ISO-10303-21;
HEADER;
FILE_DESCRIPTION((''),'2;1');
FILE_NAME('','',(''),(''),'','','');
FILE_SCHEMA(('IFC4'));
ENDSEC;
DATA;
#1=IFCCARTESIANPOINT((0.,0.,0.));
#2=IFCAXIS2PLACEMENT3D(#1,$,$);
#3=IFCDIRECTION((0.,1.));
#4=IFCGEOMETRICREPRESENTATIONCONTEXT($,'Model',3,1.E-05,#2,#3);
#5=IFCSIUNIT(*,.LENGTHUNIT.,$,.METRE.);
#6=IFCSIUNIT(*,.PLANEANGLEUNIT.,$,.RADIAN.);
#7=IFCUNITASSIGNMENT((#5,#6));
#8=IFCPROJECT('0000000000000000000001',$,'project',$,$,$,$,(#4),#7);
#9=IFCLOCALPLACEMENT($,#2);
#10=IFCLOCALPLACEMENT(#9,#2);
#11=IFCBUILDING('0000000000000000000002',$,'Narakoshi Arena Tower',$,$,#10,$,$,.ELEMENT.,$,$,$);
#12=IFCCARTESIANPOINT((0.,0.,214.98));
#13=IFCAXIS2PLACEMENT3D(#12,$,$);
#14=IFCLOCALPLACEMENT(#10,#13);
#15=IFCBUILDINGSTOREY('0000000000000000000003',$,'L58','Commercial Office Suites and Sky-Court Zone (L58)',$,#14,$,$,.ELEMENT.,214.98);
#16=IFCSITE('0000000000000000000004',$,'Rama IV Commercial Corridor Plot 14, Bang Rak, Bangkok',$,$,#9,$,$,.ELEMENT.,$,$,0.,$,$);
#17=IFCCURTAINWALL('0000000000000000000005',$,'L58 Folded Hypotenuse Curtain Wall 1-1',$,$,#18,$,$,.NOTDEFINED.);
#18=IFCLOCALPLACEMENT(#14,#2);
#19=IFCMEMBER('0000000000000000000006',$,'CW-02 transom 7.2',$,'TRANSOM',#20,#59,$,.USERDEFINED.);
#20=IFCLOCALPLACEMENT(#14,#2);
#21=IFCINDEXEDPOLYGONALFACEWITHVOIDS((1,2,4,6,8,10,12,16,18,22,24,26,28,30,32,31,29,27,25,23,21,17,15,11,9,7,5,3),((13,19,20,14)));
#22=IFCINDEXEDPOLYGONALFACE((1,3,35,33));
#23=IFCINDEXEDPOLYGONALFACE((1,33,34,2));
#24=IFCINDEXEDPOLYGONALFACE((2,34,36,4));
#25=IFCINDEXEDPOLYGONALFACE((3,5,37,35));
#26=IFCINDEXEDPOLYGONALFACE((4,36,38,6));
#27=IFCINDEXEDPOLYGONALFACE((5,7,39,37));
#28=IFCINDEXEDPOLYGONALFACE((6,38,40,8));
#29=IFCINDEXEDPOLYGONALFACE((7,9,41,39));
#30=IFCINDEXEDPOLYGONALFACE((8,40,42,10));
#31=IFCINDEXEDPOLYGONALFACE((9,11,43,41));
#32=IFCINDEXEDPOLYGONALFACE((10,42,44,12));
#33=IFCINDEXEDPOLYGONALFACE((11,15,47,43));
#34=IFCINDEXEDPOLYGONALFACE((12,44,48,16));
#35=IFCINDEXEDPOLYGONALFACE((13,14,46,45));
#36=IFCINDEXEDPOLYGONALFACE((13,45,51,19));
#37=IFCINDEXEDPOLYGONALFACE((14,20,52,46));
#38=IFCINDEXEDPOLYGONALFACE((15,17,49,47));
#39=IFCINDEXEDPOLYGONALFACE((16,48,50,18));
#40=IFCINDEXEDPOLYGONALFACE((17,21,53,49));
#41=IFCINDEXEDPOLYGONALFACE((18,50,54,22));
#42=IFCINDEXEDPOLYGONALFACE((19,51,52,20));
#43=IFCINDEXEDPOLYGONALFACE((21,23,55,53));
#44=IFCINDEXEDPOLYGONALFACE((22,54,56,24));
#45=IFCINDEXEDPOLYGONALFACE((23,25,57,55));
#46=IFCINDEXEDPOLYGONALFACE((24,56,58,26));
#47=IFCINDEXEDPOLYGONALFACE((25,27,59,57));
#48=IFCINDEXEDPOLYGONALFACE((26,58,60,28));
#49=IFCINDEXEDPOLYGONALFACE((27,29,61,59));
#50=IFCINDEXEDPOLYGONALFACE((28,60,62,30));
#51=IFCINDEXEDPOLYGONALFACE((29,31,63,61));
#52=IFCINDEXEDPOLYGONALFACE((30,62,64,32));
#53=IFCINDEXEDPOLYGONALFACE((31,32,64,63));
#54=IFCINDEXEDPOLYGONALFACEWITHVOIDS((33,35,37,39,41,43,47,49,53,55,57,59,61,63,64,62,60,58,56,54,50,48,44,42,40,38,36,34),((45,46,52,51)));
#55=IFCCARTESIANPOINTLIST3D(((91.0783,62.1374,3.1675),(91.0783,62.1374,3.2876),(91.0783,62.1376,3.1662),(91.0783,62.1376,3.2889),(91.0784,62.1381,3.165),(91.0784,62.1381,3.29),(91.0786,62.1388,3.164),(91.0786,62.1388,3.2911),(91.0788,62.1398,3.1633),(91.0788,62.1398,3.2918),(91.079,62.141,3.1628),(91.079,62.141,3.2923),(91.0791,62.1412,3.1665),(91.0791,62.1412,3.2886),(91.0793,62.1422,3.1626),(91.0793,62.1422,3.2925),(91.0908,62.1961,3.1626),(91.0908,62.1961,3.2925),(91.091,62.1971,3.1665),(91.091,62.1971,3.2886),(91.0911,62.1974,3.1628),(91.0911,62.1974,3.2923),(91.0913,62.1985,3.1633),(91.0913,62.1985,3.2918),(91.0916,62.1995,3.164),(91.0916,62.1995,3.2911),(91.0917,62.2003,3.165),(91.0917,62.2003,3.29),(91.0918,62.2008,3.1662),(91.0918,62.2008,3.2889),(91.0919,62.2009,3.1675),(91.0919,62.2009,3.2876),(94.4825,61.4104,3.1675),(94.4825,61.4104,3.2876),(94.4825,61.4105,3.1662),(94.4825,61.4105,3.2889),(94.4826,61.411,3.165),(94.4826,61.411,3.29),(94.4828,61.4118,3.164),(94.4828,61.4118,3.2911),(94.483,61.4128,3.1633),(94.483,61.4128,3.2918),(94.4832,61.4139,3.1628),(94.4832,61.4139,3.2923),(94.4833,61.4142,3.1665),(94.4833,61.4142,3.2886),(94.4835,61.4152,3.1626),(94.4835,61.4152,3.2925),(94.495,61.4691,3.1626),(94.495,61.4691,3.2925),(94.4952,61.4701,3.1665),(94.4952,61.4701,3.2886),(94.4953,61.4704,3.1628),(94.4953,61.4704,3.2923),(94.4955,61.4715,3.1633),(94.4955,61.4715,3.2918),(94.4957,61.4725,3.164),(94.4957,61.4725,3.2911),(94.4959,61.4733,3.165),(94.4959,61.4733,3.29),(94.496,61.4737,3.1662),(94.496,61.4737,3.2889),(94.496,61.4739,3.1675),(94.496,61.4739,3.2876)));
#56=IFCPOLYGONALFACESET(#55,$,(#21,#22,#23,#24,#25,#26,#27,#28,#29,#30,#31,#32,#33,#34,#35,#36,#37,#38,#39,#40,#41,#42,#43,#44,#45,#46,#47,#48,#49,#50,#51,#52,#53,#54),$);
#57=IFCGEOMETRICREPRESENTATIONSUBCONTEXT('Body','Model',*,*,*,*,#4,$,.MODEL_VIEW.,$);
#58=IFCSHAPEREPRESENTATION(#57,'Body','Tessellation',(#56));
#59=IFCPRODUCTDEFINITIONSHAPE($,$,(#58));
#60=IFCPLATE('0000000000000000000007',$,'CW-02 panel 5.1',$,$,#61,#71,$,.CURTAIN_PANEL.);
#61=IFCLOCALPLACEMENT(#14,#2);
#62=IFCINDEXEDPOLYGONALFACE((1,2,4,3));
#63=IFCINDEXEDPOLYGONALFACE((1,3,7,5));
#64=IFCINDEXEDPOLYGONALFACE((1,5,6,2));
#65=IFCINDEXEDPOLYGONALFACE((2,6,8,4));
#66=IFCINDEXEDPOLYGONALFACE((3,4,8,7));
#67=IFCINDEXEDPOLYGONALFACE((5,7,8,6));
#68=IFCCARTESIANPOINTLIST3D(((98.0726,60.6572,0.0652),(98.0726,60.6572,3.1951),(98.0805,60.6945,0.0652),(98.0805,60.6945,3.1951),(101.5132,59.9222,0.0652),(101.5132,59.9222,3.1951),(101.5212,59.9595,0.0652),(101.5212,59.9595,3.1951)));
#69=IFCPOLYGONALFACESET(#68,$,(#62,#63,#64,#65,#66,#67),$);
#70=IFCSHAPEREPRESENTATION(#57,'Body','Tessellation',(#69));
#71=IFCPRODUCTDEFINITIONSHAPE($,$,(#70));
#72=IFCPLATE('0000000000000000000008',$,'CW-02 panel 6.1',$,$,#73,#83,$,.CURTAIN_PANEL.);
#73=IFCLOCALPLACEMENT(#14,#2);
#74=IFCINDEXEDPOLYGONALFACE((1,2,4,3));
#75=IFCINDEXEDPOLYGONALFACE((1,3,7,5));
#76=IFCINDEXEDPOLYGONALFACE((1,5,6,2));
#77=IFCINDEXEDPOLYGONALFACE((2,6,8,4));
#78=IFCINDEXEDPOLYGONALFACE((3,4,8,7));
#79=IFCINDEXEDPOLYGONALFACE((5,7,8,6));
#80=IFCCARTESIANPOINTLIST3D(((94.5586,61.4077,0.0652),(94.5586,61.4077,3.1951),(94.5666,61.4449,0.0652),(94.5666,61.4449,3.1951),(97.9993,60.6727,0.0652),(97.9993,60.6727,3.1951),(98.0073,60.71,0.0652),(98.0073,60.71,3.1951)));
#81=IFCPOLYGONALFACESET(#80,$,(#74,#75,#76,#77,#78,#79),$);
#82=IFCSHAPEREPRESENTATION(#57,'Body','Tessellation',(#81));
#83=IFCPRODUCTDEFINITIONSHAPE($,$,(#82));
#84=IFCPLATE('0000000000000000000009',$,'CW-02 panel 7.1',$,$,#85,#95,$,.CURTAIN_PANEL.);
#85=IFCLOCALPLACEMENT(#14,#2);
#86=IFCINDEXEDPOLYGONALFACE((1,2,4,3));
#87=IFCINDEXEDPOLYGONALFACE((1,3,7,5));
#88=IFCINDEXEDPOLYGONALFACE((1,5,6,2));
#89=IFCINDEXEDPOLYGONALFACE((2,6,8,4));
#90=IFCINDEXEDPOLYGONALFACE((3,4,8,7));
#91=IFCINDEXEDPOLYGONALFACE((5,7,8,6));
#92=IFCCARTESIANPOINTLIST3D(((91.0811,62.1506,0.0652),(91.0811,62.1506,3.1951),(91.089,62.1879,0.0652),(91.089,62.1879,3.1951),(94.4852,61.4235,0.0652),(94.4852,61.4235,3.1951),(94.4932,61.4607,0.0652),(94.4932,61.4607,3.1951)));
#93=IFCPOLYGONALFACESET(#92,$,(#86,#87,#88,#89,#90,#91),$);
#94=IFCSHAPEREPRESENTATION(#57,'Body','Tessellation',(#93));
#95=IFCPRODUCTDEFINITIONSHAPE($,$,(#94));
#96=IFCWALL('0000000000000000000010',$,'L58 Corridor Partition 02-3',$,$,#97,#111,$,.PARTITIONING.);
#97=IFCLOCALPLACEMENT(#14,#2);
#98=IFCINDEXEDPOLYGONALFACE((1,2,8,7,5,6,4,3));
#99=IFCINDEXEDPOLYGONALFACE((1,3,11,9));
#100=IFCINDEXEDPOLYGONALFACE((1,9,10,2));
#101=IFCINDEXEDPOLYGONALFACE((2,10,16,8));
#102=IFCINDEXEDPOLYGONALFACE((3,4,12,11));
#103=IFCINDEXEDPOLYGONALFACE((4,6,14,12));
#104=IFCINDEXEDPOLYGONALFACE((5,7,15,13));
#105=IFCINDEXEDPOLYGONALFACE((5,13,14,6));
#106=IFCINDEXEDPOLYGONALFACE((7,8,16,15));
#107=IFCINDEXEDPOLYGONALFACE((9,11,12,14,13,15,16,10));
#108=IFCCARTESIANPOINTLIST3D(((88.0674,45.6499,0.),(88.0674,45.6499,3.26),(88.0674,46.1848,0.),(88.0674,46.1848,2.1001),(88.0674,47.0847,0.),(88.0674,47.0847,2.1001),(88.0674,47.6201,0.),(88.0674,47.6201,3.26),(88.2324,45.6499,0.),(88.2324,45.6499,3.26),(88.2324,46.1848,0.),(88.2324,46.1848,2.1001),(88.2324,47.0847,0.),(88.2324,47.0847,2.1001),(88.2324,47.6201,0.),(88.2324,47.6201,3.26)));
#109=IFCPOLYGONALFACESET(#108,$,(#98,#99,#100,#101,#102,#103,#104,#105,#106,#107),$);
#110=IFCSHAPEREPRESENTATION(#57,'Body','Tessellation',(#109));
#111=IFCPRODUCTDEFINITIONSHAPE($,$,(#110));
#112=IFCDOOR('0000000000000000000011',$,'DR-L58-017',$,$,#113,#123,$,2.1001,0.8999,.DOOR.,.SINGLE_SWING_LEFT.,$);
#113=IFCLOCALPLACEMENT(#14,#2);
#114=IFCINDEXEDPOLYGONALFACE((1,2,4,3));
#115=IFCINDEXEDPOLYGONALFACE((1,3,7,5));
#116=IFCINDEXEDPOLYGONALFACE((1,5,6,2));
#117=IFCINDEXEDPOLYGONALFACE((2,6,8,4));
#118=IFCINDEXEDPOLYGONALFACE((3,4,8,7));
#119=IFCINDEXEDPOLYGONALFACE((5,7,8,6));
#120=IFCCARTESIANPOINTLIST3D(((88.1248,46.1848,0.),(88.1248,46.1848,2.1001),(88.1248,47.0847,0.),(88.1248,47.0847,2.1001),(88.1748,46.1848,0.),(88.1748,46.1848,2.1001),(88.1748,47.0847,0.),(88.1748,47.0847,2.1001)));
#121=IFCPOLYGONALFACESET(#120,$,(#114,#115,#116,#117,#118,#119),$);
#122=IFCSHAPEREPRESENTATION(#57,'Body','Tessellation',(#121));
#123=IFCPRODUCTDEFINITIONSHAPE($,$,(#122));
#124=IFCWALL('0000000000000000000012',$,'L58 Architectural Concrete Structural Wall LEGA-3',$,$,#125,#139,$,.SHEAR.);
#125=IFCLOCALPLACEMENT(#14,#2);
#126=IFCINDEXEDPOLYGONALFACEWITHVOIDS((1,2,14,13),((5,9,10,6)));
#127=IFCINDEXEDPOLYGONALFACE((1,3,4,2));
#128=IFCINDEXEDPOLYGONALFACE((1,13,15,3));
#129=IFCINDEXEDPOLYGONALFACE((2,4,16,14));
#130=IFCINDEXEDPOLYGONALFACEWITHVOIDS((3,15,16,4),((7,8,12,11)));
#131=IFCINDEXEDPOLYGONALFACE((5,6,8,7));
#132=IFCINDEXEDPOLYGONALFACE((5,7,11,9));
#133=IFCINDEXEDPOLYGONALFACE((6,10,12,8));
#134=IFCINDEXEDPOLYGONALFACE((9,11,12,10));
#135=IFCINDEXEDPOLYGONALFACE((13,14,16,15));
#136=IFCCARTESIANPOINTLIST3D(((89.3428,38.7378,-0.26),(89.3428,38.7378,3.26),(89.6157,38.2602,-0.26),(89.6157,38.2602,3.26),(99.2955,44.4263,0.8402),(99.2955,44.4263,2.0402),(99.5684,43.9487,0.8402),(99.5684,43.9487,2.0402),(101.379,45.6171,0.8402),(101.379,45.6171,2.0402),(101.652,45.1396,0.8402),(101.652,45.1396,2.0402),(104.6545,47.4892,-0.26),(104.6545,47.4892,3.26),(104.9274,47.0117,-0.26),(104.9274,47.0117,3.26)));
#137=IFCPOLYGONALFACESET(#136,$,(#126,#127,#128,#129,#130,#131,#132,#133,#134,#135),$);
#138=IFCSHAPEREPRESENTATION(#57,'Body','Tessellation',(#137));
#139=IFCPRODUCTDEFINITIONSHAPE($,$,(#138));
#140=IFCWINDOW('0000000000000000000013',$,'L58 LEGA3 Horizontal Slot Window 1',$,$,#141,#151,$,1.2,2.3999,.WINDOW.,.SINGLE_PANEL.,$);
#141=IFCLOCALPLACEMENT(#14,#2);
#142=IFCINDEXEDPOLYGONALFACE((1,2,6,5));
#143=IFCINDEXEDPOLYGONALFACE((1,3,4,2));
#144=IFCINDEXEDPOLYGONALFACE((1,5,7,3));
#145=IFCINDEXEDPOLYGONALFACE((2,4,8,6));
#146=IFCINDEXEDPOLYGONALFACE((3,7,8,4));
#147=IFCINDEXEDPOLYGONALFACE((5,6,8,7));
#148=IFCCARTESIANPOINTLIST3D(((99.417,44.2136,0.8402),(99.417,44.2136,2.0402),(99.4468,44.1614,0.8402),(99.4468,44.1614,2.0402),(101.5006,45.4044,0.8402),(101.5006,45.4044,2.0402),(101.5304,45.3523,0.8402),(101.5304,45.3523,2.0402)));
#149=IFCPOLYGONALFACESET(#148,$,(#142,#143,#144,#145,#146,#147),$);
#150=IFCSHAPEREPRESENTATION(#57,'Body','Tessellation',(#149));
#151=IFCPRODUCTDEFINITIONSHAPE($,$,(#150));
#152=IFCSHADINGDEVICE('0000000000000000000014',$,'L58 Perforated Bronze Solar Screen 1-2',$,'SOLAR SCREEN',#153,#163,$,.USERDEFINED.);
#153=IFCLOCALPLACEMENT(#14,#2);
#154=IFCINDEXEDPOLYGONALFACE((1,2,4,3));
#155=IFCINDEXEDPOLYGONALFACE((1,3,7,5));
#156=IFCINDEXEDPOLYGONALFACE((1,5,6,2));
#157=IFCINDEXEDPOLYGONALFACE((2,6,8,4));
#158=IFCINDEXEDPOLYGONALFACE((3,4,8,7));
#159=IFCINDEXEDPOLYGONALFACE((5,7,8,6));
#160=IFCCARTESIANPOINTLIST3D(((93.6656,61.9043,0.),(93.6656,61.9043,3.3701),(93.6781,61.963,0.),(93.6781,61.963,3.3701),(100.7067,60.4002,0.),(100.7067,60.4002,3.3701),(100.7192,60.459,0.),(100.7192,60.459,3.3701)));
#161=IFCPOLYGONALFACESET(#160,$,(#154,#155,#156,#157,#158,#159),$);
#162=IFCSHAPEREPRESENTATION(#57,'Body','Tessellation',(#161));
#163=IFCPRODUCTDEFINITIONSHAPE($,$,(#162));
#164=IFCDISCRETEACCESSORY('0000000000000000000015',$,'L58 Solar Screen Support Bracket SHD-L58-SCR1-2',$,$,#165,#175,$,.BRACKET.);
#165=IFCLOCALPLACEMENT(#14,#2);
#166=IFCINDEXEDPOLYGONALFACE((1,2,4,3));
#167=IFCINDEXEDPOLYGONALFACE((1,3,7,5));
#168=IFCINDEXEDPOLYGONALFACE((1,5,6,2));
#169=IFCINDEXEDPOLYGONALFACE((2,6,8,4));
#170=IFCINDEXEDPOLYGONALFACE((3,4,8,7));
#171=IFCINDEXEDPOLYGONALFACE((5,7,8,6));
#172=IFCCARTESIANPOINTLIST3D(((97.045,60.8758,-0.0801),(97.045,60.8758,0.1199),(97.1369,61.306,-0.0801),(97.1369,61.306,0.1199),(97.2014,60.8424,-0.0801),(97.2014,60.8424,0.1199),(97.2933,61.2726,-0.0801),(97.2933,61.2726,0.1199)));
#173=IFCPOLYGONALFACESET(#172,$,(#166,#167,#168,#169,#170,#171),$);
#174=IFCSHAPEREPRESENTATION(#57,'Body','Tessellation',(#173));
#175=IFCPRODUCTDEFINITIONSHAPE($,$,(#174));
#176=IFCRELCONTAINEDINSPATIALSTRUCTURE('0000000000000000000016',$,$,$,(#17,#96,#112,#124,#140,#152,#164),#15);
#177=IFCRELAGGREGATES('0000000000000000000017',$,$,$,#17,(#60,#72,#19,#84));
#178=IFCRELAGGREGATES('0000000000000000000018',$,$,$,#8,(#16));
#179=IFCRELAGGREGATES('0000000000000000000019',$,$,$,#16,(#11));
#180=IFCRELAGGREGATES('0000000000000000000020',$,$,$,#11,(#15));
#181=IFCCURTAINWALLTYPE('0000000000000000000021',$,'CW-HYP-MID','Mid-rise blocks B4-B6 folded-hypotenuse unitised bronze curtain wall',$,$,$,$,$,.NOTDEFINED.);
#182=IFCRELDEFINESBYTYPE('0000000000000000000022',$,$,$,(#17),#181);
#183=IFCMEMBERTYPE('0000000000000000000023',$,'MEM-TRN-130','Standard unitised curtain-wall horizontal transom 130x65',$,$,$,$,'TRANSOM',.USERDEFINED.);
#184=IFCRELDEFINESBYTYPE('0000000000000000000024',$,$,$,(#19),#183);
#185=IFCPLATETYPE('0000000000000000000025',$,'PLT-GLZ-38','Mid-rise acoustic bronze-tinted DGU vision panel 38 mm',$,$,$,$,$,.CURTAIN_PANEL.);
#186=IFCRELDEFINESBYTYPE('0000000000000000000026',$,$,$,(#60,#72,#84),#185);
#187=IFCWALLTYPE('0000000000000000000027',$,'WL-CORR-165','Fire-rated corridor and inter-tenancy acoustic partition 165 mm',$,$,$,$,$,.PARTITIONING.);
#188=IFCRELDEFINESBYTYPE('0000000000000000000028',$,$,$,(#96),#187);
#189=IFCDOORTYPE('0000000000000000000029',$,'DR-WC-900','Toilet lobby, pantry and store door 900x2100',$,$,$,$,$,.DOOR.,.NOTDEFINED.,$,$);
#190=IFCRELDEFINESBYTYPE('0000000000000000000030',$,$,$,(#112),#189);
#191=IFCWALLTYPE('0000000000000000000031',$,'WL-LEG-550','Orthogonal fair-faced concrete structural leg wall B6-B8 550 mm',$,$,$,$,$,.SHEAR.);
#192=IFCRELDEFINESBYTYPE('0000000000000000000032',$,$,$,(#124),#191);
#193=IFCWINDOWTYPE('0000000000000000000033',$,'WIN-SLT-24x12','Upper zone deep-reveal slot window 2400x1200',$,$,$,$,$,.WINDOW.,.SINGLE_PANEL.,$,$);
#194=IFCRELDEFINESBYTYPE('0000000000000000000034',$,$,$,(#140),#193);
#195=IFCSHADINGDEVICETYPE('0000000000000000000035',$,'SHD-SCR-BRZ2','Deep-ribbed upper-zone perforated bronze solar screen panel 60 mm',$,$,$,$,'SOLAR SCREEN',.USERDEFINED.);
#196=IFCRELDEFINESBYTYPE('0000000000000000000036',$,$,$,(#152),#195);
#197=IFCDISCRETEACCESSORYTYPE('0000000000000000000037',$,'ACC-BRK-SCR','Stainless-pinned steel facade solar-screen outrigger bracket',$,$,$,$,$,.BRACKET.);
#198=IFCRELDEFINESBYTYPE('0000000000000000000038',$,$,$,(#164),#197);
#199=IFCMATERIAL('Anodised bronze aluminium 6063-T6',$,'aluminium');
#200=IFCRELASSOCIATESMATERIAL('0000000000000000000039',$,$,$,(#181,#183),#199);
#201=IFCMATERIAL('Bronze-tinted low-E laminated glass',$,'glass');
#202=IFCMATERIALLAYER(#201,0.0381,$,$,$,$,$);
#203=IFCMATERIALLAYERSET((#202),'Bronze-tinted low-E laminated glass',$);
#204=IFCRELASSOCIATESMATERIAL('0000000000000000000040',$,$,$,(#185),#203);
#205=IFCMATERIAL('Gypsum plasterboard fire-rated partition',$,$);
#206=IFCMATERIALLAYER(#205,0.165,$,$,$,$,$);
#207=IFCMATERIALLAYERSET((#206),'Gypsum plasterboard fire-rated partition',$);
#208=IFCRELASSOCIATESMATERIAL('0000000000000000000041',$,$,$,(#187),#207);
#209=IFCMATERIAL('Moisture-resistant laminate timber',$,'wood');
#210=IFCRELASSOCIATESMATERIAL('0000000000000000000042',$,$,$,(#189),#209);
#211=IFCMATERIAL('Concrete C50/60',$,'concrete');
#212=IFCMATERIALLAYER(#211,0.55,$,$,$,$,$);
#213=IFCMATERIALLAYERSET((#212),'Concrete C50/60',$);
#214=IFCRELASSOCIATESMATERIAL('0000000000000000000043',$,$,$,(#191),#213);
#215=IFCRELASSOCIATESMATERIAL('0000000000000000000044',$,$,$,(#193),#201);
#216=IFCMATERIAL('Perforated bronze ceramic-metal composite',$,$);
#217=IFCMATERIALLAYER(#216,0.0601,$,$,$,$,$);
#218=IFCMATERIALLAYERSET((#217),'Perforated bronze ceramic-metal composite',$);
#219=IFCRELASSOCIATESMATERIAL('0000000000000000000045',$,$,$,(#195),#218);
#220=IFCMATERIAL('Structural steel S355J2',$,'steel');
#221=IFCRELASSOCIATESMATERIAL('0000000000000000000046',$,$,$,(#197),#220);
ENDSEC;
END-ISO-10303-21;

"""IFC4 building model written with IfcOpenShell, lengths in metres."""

from ifc_helpers import new_model, si_unit, direction, frame, frame_2d, origin, origin_2d, place, context, subcontext, project, spatial, rectangle, hollow_rectangle, extrude, material, layer, layer_set, material_profile, profile_set, type_object, element, fill, aggregate, save


model = new_model("IFC4")

# Units and contexts
model_context = context("Model", 3, precision=1e-05, world=origin(), true_north=direction((0.0, 1.0)))
body_context = subcontext(model_context, "Body", "Model", "MODEL_VIEW")
ifc_project = project(units=[si_unit("LENGTHUNIT", "METRE"), si_unit("PLANEANGLEUNIT", "RADIAN")], contexts=[model_context])

# Site, building, storey
site_placement = place(None, origin())
site = spatial("IfcSite", under=ifc_project, at=site_placement, Name="Rama IV Commercial Corridor Plot 14, Bang Rak, Bangkok", CompositionType="ELEMENT", RefElevation=0.0)
building_placement = place(site_placement, origin())
building = spatial("IfcBuilding", under=site, at=building_placement, Name="Narakoshi Arena Tower", CompositionType="ELEMENT")
storey_placement = place(building_placement, frame((0.0, 0.0, 214.98)))
storey = spatial("IfcBuildingStorey", under=building, at=storey_placement, Name="L58", Description="Commercial Office Suites and Sky-Court Zone (L58)", CompositionType="ELEMENT", Elevation=214.98)

# Shared definitions
ifc_material_1 = material(Name="Concrete C50/60", Category="concrete")

# Shared definitions
ifc_material_2 = material(Name="Structural steel S355J2", Category="steel")

# Curtain wall, member, plates
ifc_material_3 = material(Name="Anodised bronze aluminium 6063-T6", Category="aluminium")
curtain_wall_type = type_object("IfcCurtainWallType", Name="CW-HYP-MID", Description="Mid-rise blocks B4-B6 folded-hypotenuse unitised bronze curtain wall", PredefinedType="NOTDEFINED", material=ifc_material_3)
curtain_wall_placement = place(storey_placement, origin())
curtain_wall = element("IfcCurtainWall", 1, at=curtain_wall_placement, inside=storey, type_object=curtain_wall_type, Name="L58 Folded Hypotenuse Curtain Wall 1-1", PredefinedType="NOTDEFINED")
ifc_material_profile_1 = material_profile(ifc_material_3, hollow_rectangle(XDim=0.0649, YDim=0.1299, WallThickness=0.0039, OuterFilletRadius=0.0049, at=origin_2d()), Name="TRN130x65x4")
ifc_profile_set_1 = profile_set([ifc_material_profile_1], Name="Anodised bronze aluminium 6063-T6")
member_type_1 = type_object("IfcMemberType", Name="MEM-TRN-130", Description="Standard unitised curtain-wall horizontal transom 130x65", ElementType="TRANSOM", PredefinedType="USERDEFINED", material=ifc_profile_set_1)
member_1_placement = place(storey_placement, frame((94.4893, 61.4421, 3.2275), z_axis=(-0.977946, 0.208858, 0.0), x_axis=(-0.208858, -0.977946, 0.0)))
member_1 = element("IfcMember", 2, at=member_1_placement, type_object=member_type_1, Name="CW-02 transom 7.2", ObjectType="TRANSOM", PredefinedType="USERDEFINED", context=body_context, shape_type="SweptSolid", body=[
    extrude(hollow_rectangle(XDim=0.0649, YDim=0.1299, WallThickness=0.0039, OuterFilletRadius=0.0049, at=origin_2d()), origin(), (0.0, 0.0, 1.0), 3.481),
])
ifc_material_4 = material(Name="Bronze-tinted low-E laminated glass", Category="glass")
ifc_layer_1 = layer(ifc_material_4, 0.0381)
ifc_layer_set_1 = layer_set([ifc_layer_1], Name="Bronze-tinted low-E laminated glass")
plate_type = type_object("IfcPlateType", Name="PLT-GLZ-38", Description="Mid-rise acoustic bronze-tinted DGU vision panel 38 mm", PredefinedType="CURTAIN_PANEL", material=ifc_layer_set_1)
plate_1_placement = place(storey_placement, frame((99.7969, 60.3083, 0.0652), z_axis=(0.0, 0.0, 1.0), x_axis=(-0.977937, 0.208899, 0.0)))
plate_1 = element("IfcPlate", 3, at=plate_1_placement, type_object=plate_type, Name="CW-02 panel 5.1", PredefinedType="CURTAIN_PANEL", context=body_context, shape_type="SweptSolid", body=[
    extrude(rectangle(XDim=3.5183, YDim=0.0381, at=origin_2d()), origin(), (0.0, 0.0, 1.0), 3.1299),
])
plate_2_placement = place(storey_placement, frame((96.283, 61.0588, 0.0652), z_axis=(0.0, 0.0, 1.0), x_axis=(-0.977937, 0.208899, 0.0)))
plate_2 = element("IfcPlate", 4, at=plate_2_placement, type_object=plate_type, Name="CW-02 panel 6.1", PredefinedType="CURTAIN_PANEL", context=body_context, shape_type="SweptSolid", body=[
    extrude(rectangle(XDim=3.5183, YDim=0.0381, at=origin_2d()), origin(), (0.0, 0.0, 1.0), 3.1299),
])
plate_3_placement = place(storey_placement, frame((92.7871, 61.8057, 0.0652), z_axis=(0.0, 0.0, 1.0), x_axis=(-0.977937, 0.208899, 0.0)))
plate_3 = element("IfcPlate", 5, at=plate_3_placement, type_object=plate_type, Name="CW-02 panel 7.1", PredefinedType="CURTAIN_PANEL", context=body_context, shape_type="SweptSolid", body=[
    extrude(rectangle(XDim=3.481, YDim=0.0381, at=origin_2d()), origin(), (0.0, 0.0, 1.0), 3.1299),
])
aggregate(curtain_wall, [plate_1, plate_2, member_1, plate_3])

# Wall, opening, door
ifc_material_5 = material(Name="Gypsum plasterboard fire-rated partition")
ifc_layer_2 = layer(ifc_material_5, 0.165)
ifc_layer_set_2 = layer_set([ifc_layer_2], Name="Gypsum plasterboard fire-rated partition")
wall_type_1 = type_object("IfcWallType", Name="WL-CORR-165", Description="Fire-rated corridor and inter-tenancy acoustic partition 165 mm", PredefinedType="PARTITIONING", material=ifc_layer_set_2)
wall_1_placement = place(storey_placement, frame((88.1499, 45.6499, 0.0), z_axis=(0.0, 0.0, 1.0), x_axis=(0.0, 1.0, 0.0)))
wall_1 = element("IfcWall", 6, at=wall_1_placement, inside=storey, type_object=wall_type_1, Name="L58 Corridor Partition 02-3", PredefinedType="PARTITIONING", context=body_context, shape_type="SweptSolid", body=[
    extrude(rectangle(XDim=1.9702, YDim=0.165, at=frame_2d((0.9851, 0.0))), origin(), (0.0, 0.0, 1.0), 3.26),
])
opening_1_placement = place(wall_1_placement, frame((0.5349, 0.0, 0.0)))
opening_1 = element("IfcOpeningElement", 7, at=opening_1_placement, cuts=wall_1, PredefinedType="OPENING", context=body_context, shape_type="SweptSolid", body=[
    extrude(rectangle(XDim=0.8999, YDim=2.1001, at=frame_2d((0.45, 1.05))), frame((0.0, 0.0925, 0.0), z_axis=(0.0, -1.0, 0.0), x_axis=(1.0, 0.0, 0.0)), (0.0, 0.0, 1.0), 0.1851),
])
ifc_material_6 = material(Name="Moisture-resistant laminate timber", Category="wood")
door_type = type_object("IfcDoorType", Name="DR-WC-900", Description="Toilet lobby, pantry and store door 900x2100", OperationType="NOTDEFINED", PredefinedType="DOOR", material=ifc_material_6)
door_placement = place(opening_1_placement, frame((0.8999, 0.0, 0.0), z_axis=(0.0, 0.0, 1.0), x_axis=(-1.0, 0.0, 0.0)))
door = element("IfcDoor", 8, at=door_placement, inside=storey, type_object=door_type, Name="DR-L58-017", OperationType="SINGLE_SWING_LEFT", OverallHeight=2.1001, OverallWidth=0.8999, PredefinedType="DOOR", context=body_context, shape_type="SweptSolid", body=[
    extrude(rectangle(XDim=0.8999, YDim=2.1001, at=frame_2d((0.45, 1.05))), frame((0.0, 0.0249, 0.0), z_axis=(0.0, -1.0, 0.0), x_axis=(1.0, 0.0, 0.0)), (0.0, 0.0, 1.0), 0.05),
])
fill(opening_1, door)

# Wall, opening, window
ifc_layer_3 = layer(ifc_material_1, 0.55)
ifc_layer_set_3 = layer_set([ifc_layer_3], Name="Concrete C50/60")
wall_type_2 = type_object("IfcWallType", Name="WL-LEG-550", Description="Orthogonal fair-faced concrete structural leg wall B6-B8 550 mm", PredefinedType="SHEAR", material=ifc_layer_set_3)
wall_2_placement = place(storey_placement, frame((89.4792, 38.499, -0.26), z_axis=(0.0, 0.0, 1.0), x_axis=(0.868197, 0.496219, 0.0)))
wall_2 = element("IfcWall", 9, at=wall_2_placement, inside=storey, type_object=wall_type_2, Name="L58 Architectural Concrete Structural Wall LEGA-3", PredefinedType="SHEAR", context=body_context, shape_type="SweptSolid", body=[
    extrude(rectangle(XDim=17.6362, YDim=0.55, at=frame_2d((8.8181, 0.0))), origin(), (0.0, 0.0, 1.0), 3.52),
])
opening_2_placement = place(wall_2_placement, frame((11.4636, 0.0, 1.1001)))
opening_2 = element("IfcOpeningElement", 10, at=opening_2_placement, cuts=wall_2, PredefinedType="OPENING", context=body_context, shape_type="SweptSolid", body=[
    extrude(rectangle(XDim=2.3999, YDim=1.2, at=frame_2d((1.2, 0.6001))), frame((0.0, 0.2849, 0.0), z_axis=(0.0, -1.0, 0.0), x_axis=(1.0, 0.0, 0.0)), (0.0, 0.0, 1.0), 0.5701),
])
window_type = type_object("IfcWindowType", Name="WIN-SLT-24x12", Description="Upper zone deep-reveal slot window 2400x1200", PartitioningType="SINGLE_PANEL", PredefinedType="WINDOW", material=ifc_material_4)
window_placement = place(opening_2_placement, origin())
window = element("IfcWindow", 11, at=window_placement, inside=storey, type_object=window_type, Name="L58 LEGA3 Horizontal Slot Window 1", OverallHeight=1.2, OverallWidth=2.3999, PartitioningType="SINGLE_PANEL", PredefinedType="WINDOW", context=body_context, shape_type="SweptSolid", body=[
    extrude(rectangle(XDim=2.3999, YDim=1.2, at=frame_2d((1.2, 0.6001))), frame((0.0, 0.03, 0.0), z_axis=(0.0, -1.0, 0.0), x_axis=(1.0, 0.0, 0.0)), (0.0, 0.0, 1.0), 0.0601),
])
fill(opening_2, window)

# Shading device
ifc_material_7 = material(Name="Perforated bronze ceramic-metal composite")
ifc_layer_4 = layer(ifc_material_7, 0.0601)
ifc_layer_set_4 = layer_set([ifc_layer_4], Name="Perforated bronze ceramic-metal composite")
shading_device_type = type_object("IfcShadingDeviceType", Name="SHD-SCR-BRZ2", Description="Deep-ribbed upper-zone perforated bronze solar screen panel 60 mm", ElementType="SOLAR SCREEN", PredefinedType="USERDEFINED", material=ifc_layer_set_4)
shading_device_placement = place(storey_placement, frame((97.1924, 61.1816, 0.0), z_axis=(0.0, 0.0, 1.0), x_axis=(-0.977937, 0.208902, 0.0)))
element("IfcShadingDevice", 12, at=shading_device_placement, inside=storey, type_object=shading_device_type, Name="L58 Perforated Bronze Solar Screen 1-2", ObjectType="SOLAR SCREEN", PredefinedType="USERDEFINED", context=body_context, shape_type="SweptSolid", body=[
    extrude(rectangle(XDim=7.2, YDim=0.0601, at=origin_2d()), origin(), (0.0, 0.0, 1.0), 3.3701),
])

# Discrete accessory
discrete_accessory_type = type_object("IfcDiscreteAccessoryType", Name="ACC-BRK-SCR", Description="Stainless-pinned steel facade solar-screen outrigger bracket", PredefinedType="BRACKET", material=ifc_material_2)
discrete_accessory_placement = place(storey_placement, frame((97.1692, 61.0742, -0.0801), z_axis=(0.0, 0.0, 1.0), x_axis=(-0.977937, 0.208902, 0.0)))
element("IfcDiscreteAccessory", 13, at=discrete_accessory_placement, inside=storey, type_object=discrete_accessory_type, Name="L58 Solar Screen Support Bracket SHD-L58-SCR1-2", PredefinedType="BRACKET", context=body_context, shape_type="SweptSolid", body=[
    extrude(rectangle(XDim=0.1599, YDim=0.4399, at=origin_2d()), origin(), (0.0, 0.0, 1.0), 0.2),
])

save(model, "model.ifc")
